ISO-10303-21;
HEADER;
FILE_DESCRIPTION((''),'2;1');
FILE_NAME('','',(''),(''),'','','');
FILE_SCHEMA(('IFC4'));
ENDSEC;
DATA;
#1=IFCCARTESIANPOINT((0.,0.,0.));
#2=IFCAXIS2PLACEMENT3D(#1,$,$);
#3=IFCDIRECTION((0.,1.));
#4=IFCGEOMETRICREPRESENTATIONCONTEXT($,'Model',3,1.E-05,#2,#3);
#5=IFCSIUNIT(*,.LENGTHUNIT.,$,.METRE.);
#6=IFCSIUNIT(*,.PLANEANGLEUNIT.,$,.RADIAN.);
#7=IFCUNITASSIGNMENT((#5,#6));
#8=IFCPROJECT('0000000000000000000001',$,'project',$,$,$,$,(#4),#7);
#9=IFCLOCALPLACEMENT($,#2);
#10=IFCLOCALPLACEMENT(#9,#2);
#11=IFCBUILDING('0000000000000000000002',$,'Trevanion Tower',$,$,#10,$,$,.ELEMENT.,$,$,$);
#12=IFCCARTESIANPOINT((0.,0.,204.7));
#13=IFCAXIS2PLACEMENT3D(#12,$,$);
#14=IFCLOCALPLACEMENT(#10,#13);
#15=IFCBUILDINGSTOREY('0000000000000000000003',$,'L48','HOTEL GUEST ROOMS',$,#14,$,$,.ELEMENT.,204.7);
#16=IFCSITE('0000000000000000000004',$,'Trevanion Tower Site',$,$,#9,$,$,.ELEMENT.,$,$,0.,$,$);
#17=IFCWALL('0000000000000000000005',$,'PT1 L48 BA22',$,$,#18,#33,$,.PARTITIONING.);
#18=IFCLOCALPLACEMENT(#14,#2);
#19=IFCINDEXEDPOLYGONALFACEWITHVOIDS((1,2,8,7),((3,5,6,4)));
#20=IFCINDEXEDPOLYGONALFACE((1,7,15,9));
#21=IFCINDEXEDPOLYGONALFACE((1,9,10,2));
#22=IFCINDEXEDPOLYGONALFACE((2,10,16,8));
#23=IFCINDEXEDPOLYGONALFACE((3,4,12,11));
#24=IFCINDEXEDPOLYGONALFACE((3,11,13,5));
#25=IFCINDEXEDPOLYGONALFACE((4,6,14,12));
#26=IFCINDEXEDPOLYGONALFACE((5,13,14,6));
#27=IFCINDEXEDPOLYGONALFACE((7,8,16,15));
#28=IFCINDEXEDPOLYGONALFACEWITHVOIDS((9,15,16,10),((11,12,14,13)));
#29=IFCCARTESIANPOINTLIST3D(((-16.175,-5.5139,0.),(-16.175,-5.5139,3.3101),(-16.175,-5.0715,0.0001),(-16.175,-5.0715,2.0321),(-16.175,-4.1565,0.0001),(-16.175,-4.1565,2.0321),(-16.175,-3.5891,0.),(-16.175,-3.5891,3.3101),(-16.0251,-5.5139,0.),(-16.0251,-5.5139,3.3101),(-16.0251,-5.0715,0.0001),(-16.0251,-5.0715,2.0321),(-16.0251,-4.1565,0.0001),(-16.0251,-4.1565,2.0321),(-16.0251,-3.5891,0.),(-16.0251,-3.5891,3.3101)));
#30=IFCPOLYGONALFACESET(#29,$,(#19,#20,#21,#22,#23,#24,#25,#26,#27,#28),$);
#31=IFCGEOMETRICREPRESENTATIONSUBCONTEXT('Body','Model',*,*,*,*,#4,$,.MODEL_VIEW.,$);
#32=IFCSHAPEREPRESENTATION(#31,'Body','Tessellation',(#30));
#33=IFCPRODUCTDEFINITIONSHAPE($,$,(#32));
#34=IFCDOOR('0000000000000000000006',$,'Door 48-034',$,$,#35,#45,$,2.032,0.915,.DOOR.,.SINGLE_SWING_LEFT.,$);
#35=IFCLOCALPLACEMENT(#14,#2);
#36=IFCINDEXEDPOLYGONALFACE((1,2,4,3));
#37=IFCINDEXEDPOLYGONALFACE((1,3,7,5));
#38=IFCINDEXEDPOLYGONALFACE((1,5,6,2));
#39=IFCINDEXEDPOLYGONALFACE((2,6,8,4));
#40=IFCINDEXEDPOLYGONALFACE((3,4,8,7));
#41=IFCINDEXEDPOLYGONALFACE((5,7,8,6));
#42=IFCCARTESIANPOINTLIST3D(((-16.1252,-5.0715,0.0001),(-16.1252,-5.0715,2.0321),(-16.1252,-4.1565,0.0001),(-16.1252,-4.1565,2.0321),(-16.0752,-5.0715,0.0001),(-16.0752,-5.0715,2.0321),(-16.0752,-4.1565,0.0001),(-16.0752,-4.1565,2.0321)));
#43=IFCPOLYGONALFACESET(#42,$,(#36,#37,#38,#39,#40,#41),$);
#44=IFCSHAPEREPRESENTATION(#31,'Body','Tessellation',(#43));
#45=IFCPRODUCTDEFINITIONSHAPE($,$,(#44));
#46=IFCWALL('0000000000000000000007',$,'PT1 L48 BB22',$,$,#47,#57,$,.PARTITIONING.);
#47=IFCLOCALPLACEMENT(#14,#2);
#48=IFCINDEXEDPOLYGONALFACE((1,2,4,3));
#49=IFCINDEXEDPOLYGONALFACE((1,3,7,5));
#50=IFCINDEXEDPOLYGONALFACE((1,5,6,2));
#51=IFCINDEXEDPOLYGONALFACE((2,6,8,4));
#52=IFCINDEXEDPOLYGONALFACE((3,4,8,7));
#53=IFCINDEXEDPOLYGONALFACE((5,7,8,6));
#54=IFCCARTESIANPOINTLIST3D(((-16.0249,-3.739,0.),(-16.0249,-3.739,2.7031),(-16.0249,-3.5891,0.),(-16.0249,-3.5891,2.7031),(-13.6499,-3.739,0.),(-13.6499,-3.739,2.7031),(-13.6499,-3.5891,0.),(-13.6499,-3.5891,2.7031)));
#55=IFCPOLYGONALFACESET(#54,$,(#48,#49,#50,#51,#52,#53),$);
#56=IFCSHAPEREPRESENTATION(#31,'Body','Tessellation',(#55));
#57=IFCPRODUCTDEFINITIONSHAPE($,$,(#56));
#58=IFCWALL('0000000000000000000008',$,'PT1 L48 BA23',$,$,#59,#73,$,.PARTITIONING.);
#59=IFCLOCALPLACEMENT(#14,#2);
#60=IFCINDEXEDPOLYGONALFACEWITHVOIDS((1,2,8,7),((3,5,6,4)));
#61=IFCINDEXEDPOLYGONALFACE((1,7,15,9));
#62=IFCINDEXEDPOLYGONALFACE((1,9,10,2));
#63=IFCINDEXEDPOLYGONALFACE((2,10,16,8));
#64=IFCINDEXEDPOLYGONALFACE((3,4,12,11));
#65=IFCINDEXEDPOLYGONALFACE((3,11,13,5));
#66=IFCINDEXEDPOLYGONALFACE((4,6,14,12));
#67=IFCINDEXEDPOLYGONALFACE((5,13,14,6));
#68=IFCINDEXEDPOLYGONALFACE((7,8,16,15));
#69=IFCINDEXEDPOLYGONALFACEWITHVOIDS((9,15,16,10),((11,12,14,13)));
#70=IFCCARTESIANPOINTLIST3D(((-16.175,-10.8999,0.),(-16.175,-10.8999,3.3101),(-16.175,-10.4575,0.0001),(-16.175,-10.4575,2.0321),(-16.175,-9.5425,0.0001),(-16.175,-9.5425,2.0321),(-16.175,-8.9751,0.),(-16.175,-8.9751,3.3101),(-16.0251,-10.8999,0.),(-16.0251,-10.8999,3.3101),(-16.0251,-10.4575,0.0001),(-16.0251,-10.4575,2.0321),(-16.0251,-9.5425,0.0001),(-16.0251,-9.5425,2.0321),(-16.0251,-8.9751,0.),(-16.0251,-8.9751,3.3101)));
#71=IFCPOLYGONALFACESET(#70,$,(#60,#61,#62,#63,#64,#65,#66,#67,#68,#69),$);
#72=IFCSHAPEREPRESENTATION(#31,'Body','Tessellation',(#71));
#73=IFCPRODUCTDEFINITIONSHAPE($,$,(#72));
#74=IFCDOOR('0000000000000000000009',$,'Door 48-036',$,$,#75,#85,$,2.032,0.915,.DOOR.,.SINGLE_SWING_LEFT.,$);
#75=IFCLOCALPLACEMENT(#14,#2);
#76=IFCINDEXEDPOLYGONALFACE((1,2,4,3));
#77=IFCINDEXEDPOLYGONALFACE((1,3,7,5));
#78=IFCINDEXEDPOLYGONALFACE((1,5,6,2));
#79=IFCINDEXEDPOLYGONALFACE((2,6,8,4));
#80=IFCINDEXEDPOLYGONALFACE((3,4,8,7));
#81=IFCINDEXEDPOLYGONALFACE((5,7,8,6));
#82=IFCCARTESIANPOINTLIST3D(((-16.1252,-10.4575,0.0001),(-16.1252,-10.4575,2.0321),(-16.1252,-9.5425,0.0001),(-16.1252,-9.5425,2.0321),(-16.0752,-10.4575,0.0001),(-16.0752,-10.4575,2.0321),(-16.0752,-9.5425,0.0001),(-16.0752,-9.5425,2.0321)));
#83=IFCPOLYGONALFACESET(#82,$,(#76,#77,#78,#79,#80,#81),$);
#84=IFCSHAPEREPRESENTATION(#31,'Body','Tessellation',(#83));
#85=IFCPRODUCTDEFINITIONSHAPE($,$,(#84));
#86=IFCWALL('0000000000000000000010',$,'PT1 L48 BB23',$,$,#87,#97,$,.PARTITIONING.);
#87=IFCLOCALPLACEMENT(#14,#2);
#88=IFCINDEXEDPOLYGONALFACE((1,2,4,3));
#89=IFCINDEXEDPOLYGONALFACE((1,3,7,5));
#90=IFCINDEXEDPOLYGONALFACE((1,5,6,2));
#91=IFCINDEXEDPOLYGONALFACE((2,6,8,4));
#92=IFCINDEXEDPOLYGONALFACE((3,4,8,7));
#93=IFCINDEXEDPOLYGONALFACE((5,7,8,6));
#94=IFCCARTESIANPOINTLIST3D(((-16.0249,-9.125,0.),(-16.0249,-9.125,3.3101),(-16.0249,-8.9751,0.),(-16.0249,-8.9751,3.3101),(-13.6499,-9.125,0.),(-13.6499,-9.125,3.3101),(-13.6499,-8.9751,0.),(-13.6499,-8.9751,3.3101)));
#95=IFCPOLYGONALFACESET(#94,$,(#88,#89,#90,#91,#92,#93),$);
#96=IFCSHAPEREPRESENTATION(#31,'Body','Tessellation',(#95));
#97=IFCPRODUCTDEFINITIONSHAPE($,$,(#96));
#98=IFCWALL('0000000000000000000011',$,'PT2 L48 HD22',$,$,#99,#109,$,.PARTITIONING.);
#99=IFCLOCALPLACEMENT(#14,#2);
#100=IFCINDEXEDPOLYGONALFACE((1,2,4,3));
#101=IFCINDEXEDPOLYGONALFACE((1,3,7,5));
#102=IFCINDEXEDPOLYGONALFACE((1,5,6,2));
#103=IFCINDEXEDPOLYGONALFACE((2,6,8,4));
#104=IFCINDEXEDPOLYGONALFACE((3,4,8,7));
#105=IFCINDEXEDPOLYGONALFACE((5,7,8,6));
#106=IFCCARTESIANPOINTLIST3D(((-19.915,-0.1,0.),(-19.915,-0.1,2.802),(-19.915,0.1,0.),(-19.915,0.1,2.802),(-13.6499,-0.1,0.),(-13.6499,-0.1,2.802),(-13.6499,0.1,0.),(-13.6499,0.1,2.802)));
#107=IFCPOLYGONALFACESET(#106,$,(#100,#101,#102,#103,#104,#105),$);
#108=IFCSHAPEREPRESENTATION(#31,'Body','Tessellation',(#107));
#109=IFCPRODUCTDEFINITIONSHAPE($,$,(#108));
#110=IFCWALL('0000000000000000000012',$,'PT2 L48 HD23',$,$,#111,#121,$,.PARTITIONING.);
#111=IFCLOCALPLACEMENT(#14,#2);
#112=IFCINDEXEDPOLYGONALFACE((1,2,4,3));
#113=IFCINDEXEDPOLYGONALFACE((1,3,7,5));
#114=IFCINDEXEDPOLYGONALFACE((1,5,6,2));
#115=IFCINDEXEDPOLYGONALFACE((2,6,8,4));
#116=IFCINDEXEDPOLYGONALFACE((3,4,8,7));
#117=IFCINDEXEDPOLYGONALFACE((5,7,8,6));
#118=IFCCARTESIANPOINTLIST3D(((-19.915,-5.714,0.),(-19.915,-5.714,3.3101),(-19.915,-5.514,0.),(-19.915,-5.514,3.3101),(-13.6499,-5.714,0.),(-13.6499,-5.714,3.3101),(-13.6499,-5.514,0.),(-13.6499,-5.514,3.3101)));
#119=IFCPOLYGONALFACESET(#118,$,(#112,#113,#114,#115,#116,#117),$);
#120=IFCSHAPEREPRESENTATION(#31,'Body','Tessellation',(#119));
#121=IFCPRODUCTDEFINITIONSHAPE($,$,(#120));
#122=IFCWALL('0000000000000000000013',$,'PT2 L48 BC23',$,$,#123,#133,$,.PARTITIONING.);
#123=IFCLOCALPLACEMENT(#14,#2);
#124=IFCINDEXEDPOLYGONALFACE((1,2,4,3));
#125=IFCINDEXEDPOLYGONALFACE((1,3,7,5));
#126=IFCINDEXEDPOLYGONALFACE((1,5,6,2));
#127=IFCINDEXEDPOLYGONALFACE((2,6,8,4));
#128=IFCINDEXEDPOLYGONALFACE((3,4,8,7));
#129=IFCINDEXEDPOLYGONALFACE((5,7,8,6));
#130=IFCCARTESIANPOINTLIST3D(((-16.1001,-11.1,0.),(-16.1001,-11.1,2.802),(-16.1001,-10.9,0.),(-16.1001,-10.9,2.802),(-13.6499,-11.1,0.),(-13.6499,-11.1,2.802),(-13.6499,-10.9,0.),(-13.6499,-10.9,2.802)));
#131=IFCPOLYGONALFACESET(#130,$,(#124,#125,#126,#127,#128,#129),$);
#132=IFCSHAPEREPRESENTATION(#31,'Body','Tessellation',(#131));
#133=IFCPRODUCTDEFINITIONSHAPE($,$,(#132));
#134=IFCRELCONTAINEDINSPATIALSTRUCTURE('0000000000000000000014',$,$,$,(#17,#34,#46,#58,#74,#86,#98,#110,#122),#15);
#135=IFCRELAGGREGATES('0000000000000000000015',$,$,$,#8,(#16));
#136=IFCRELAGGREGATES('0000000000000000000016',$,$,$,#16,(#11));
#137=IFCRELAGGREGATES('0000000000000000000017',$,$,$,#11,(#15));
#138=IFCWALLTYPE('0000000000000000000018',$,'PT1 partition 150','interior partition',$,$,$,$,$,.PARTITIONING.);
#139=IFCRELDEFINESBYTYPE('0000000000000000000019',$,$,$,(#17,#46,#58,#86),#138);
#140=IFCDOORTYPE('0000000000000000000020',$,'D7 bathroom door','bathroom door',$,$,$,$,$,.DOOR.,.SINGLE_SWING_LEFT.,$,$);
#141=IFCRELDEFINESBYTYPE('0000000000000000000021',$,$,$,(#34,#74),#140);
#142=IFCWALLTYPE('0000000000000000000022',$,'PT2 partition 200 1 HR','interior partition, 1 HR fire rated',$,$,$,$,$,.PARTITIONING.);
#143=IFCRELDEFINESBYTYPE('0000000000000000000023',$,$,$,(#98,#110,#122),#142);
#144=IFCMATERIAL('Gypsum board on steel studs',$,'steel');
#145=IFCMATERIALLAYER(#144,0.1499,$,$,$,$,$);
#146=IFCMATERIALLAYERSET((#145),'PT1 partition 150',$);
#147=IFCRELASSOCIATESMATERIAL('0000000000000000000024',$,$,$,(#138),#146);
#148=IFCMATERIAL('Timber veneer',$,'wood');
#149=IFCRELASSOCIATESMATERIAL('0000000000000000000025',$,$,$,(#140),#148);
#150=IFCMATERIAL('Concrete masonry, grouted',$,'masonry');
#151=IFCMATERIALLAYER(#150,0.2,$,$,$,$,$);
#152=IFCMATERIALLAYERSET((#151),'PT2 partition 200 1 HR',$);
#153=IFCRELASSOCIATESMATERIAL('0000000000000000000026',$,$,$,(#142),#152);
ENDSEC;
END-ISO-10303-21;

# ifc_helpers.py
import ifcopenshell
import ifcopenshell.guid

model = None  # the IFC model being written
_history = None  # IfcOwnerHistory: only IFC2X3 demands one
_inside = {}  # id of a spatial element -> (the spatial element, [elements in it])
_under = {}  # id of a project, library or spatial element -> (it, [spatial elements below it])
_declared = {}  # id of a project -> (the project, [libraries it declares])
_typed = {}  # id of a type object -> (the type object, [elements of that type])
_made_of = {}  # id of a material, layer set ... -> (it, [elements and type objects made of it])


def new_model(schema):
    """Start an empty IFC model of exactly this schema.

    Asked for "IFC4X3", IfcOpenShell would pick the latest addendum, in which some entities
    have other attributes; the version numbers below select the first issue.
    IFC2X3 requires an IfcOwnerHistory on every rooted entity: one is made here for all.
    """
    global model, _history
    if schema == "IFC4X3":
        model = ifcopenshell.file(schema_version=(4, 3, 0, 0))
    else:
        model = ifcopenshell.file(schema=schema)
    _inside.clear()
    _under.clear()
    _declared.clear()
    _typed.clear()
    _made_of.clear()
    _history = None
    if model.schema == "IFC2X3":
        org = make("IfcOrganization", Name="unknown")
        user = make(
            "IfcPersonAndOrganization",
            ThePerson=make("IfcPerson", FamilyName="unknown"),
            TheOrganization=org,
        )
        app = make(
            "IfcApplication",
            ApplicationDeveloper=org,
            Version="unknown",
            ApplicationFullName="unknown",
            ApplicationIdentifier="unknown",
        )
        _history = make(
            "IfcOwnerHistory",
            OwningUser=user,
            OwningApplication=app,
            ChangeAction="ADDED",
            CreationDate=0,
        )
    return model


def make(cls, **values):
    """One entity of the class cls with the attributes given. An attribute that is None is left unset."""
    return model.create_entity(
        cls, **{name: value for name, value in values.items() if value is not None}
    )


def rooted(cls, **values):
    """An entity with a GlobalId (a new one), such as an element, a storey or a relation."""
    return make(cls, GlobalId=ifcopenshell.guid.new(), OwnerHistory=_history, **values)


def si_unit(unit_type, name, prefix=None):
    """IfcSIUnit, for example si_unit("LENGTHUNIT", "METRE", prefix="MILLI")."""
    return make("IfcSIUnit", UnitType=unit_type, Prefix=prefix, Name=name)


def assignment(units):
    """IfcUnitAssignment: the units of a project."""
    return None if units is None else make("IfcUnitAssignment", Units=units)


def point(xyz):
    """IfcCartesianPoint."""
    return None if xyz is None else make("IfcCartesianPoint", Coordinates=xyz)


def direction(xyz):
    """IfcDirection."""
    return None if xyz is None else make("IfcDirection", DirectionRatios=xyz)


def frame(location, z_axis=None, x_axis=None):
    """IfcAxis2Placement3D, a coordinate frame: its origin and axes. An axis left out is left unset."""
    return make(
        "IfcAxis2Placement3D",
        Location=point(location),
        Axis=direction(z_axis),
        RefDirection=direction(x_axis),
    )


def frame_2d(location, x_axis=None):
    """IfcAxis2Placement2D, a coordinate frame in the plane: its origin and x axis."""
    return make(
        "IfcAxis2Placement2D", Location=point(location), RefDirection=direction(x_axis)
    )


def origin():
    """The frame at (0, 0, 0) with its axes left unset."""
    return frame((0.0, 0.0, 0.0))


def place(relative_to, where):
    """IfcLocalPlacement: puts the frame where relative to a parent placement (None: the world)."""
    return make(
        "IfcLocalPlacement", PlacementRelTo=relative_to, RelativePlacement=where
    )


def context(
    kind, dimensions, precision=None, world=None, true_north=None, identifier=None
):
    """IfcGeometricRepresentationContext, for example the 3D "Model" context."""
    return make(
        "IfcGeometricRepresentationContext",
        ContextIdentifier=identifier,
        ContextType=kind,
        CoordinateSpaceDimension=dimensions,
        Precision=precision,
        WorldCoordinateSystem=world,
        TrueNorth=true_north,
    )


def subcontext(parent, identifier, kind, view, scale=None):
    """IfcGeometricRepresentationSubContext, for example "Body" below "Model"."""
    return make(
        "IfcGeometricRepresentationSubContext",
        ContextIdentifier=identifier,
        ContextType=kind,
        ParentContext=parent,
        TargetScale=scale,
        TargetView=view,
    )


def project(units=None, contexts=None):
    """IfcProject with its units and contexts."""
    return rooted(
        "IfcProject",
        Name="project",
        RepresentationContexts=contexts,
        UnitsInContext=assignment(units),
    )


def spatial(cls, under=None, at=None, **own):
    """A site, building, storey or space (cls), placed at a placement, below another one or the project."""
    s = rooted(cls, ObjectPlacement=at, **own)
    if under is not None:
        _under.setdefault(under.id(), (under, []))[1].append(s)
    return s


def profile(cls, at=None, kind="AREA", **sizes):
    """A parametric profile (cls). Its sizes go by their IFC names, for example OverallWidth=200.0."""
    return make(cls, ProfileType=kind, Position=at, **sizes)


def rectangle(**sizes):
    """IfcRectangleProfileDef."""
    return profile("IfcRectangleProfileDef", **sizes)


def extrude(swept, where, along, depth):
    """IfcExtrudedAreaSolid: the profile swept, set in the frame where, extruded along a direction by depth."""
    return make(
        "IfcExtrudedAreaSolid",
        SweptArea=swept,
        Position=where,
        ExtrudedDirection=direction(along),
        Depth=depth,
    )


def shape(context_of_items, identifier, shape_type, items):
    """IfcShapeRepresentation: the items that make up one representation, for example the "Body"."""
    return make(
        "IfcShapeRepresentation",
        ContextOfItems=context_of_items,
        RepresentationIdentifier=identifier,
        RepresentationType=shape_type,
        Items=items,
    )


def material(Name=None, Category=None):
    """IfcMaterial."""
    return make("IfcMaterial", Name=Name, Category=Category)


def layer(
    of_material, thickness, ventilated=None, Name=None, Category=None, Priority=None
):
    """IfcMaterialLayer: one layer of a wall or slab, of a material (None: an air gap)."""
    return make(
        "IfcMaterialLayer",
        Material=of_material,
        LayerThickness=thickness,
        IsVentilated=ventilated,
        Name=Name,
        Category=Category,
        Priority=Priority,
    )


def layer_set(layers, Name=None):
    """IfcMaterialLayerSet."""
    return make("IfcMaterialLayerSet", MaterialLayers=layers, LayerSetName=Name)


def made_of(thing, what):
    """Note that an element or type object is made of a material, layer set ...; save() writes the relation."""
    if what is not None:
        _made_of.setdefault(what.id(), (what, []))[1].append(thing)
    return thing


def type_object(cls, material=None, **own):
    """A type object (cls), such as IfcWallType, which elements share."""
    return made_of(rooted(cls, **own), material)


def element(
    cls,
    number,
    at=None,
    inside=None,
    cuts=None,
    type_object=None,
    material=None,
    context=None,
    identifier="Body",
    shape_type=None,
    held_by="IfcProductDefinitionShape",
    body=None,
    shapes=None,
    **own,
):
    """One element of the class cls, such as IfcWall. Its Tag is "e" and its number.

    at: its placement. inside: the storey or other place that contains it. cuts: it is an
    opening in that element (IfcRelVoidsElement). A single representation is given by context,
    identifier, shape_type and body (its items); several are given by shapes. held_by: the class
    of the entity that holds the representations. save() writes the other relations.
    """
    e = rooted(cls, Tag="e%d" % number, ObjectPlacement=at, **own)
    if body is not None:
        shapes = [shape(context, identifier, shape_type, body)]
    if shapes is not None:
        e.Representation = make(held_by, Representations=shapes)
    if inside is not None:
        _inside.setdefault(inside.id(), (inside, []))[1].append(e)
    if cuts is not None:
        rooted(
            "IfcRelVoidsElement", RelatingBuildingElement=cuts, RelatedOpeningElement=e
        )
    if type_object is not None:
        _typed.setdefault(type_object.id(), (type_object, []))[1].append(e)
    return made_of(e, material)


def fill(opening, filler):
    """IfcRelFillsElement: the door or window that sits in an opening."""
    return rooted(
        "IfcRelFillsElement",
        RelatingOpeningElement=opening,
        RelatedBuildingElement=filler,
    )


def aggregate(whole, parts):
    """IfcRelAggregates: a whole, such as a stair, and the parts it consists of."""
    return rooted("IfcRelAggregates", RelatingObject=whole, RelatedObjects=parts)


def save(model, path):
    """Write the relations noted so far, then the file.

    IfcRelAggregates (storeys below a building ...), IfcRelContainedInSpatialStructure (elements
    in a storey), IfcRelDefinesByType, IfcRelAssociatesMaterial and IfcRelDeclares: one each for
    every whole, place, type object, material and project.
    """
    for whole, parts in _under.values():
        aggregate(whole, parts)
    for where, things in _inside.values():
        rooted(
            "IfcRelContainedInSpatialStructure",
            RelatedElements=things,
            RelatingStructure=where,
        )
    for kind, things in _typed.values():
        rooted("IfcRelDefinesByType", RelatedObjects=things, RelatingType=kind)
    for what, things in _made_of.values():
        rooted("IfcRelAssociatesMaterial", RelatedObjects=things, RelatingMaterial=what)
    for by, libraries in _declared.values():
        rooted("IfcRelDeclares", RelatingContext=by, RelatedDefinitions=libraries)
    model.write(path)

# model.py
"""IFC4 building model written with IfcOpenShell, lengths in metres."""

from ifc_helpers import new_model, si_unit, direction, frame, frame_2d, origin, place, context, subcontext, project, spatial, rectangle, extrude, material, layer, layer_set, type_object, element, fill, save


model = new_model("IFC4")

# Units and contexts
model_context = context("Model", 3, precision=1e-05, world=origin(), true_north=direction((0.0, 1.0)))
body_context = subcontext(model_context, "Body", "Model", "MODEL_VIEW")
ifc_project = project(units=[si_unit("LENGTHUNIT", "METRE"), si_unit("PLANEANGLEUNIT", "RADIAN")], contexts=[model_context])

# Site, building, storey
site_placement = place(None, origin())
site = spatial("IfcSite", under=ifc_project, at=site_placement, Name="Trevanion Tower Site", CompositionType="ELEMENT", RefElevation=0.0)
building_placement = place(site_placement, origin())
building = spatial("IfcBuilding", under=site, at=building_placement, Name="Trevanion Tower", CompositionType="ELEMENT")
storey_placement = place(building_placement, frame((0.0, 0.0, 204.7)))
storey = spatial("IfcBuildingStorey", under=building, at=storey_placement, Name="L48", Description="HOTEL GUEST ROOMS", CompositionType="ELEMENT", Elevation=204.7)

# Wall, opening, door
ifc_material_1 = material(Name="Gypsum board on steel studs", Category="steel")
ifc_layer_1 = layer(ifc_material_1, 0.1499)
ifc_layer_set_1 = layer_set([ifc_layer_1], Name="PT1 partition 150")
wall_type_1 = type_object("IfcWallType", Name="PT1 partition 150", Description="interior partition", PredefinedType="PARTITIONING", material=ifc_layer_set_1)
wall_1_placement = place(storey_placement, frame((-16.1001, -3.5891, 0.0), z_axis=(0.0, 0.0, 1.0), x_axis=(0.0, -1.0, 0.0)))
wall_1 = element("IfcWall", 1, at=wall_1_placement, inside=storey, type_object=wall_type_1, Name="PT1 L48 BA22", PredefinedType="PARTITIONING", context=body_context, shape_type="SweptSolid", body=[
    extrude(rectangle(XDim=1.9248, YDim=0.1499, at=frame_2d((0.9624, 0.0))), origin(), (0.0, 0.0, 1.0), 3.3101),
])
opening_1_placement = place(wall_1_placement, frame((0.5674, 0.0, 0.0)))
opening_1 = element("IfcOpeningElement", 2, at=opening_1_placement, cuts=wall_1, PredefinedType="OPENING", context=body_context, shape_type="SweptSolid", body=[
    extrude(rectangle(XDim=0.915, YDim=2.032, at=frame_2d((0.4575, 1.0161))), frame((0.0, 0.085, 0.0), z_axis=(0.0, -1.0, 0.0), x_axis=(1.0, 0.0, 0.0)), (0.0, 0.0, 1.0), 0.1699),
])
ifc_material_2 = material(Name="Timber veneer", Category="wood")
door_type = type_object("IfcDoorType", Name="D7 bathroom door", Description="bathroom door", OperationType="SINGLE_SWING_LEFT", PredefinedType="DOOR", material=ifc_material_2)
door_1_placement = place(opening_1_placement, origin())
door_1 = element("IfcDoor", 3, at=door_1_placement, inside=storey, type_object=door_type, Name="Door 48-034", OperationType="SINGLE_SWING_LEFT", OverallHeight=2.032, OverallWidth=0.915, PredefinedType="DOOR", context=body_context, shape_type="SweptSolid", body=[
    extrude(rectangle(XDim=0.915, YDim=2.032, at=frame_2d((0.4575, 1.0161))), frame((0.0, 0.0249, 0.0), z_axis=(0.0, -1.0, 0.0), x_axis=(1.0, 0.0, 0.0)), (0.0, 0.0, 1.0), 0.05),
])
fill(opening_1, door_1)

# Wall
wall_2_placement = place(storey_placement, frame((-13.6499, -3.6641, 0.0), z_axis=(0.0, 0.0, 1.0), x_axis=(-1.0, 0.0, 0.0)))
element("IfcWall", 4, at=wall_2_placement, inside=storey, type_object=wall_type_1, Name="PT1 L48 BB22", PredefinedType="PARTITIONING", context=body_context, shape_type="SweptSolid", body=[
    extrude(rectangle(XDim=2.375, YDim=0.1499, at=frame_2d((1.1875, 0.0))), origin(), (0.0, 0.0, 1.0), 2.7031),
])

# Wall, opening, door
wall_3_placement = place(storey_placement, frame((-16.1001, -8.9751, 0.0), z_axis=(0.0, 0.0, 1.0), x_axis=(0.0, -1.0, 0.0)))
wall_3 = element("IfcWall", 5, at=wall_3_placement, inside=storey, type_object=wall_type_1, Name="PT1 L48 BA23", PredefinedType="PARTITIONING", context=body_context, shape_type="SweptSolid", body=[
    extrude(rectangle(XDim=1.9248, YDim=0.1499, at=frame_2d((0.9624, 0.0))), origin(), (0.0, 0.0, 1.0), 3.3101),
])
opening_2_placement = place(wall_3_placement, frame((0.5674, 0.0, 0.0)))
opening_2 = element("IfcOpeningElement", 6, at=opening_2_placement, cuts=wall_3, PredefinedType="OPENING", context=body_context, shape_type="SweptSolid", body=[
    extrude(rectangle(XDim=0.915, YDim=2.032, at=frame_2d((0.4575, 1.0161))), frame((0.0, 0.085, 0.0), z_axis=(0.0, -1.0, 0.0), x_axis=(1.0, 0.0, 0.0)), (0.0, 0.0, 1.0), 0.1699),
])
door_2_placement = place(opening_2_placement, origin())
door_2 = element("IfcDoor", 7, at=door_2_placement, inside=storey, type_object=door_type, Name="Door 48-036", OperationType="SINGLE_SWING_LEFT", OverallHeight=2.032, OverallWidth=0.915, PredefinedType="DOOR", context=body_context, shape_type="SweptSolid", body=[
    extrude(rectangle(XDim=0.915, YDim=2.032, at=frame_2d((0.4575, 1.0161))), frame((0.0, 0.0249, 0.0), z_axis=(0.0, -1.0, 0.0), x_axis=(1.0, 0.0, 0.0)), (0.0, 0.0, 1.0), 0.05),
])
fill(opening_2, door_2)

# Walls
wall_4_placement = place(storey_placement, frame((-13.6499, -9.05, 0.0), z_axis=(0.0, 0.0, 1.0), x_axis=(-1.0, 0.0, 0.0)))
element("IfcWall", 8, at=wall_4_placement, inside=storey, type_object=wall_type_1, Name="PT1 L48 BB23", PredefinedType="PARTITIONING", context=body_context, shape_type="SweptSolid", body=[
    extrude(rectangle(XDim=2.375, YDim=0.1499, at=frame_2d((1.1875, 0.0))), origin(), (0.0, 0.0, 1.0), 3.3101),
])
ifc_material_3 = material(Name="Concrete masonry, grouted", Category="masonry")
ifc_layer_2 = layer(ifc_material_3, 0.2)
ifc_layer_set_2 = layer_set([ifc_layer_2], Name="PT2 partition 200 1 HR")
wall_type_2 = type_object("IfcWallType", Name="PT2 partition 200 1 HR", Description="interior partition, 1 HR fire rated", PredefinedType="PARTITIONING", material=ifc_layer_set_2)
wall_5_placement = place(storey_placement, frame((-13.6499, 0.0, 0.0), z_axis=(0.0, 0.0, 1.0), x_axis=(-1.0, 0.0, 0.0)))
element("IfcWall", 9, at=wall_5_placement, inside=storey, type_object=wall_type_2, Name="PT2 L48 HD22", PredefinedType="PARTITIONING", context=body_context, shape_type="SweptSolid", body=[
    extrude(rectangle(XDim=6.2651, YDim=0.2, at=frame_2d((3.1326, 0.0))), origin(), (0.0, 0.0, 1.0), 2.802),
])
wall_6_placement = place(storey_placement, frame((-13.6499, -5.614, 0.0), z_axis=(0.0, 0.0, 1.0), x_axis=(-1.0, 0.0, 0.0)))
element("IfcWall", 10, at=wall_6_placement, inside=storey, type_object=wall_type_2, Name="PT2 L48 HD23", PredefinedType="PARTITIONING", context=body_context, shape_type="SweptSolid", body=[
    extrude(rectangle(XDim=6.2651, YDim=0.2, at=frame_2d((3.1326, 0.0))), origin(), (0.0, 0.0, 1.0), 3.3101),
])
wall_7_placement = place(storey_placement, frame((-13.6499, -11.0, 0.0), z_axis=(0.0, 0.0, 1.0), x_axis=(-1.0, 0.0, 0.0)))
element("IfcWall", 11, at=wall_7_placement, inside=storey, type_object=wall_type_2, Name="PT2 L48 BC23", PredefinedType="PARTITIONING", context=body_context, shape_type="SweptSolid", body=[
    extrude(rectangle(XDim=2.4502, YDim=0.2, at=frame_2d((1.2251, 0.0))), origin(), (0.0, 0.0, 1.0), 2.802),
])

save(model, "model.ifc")
